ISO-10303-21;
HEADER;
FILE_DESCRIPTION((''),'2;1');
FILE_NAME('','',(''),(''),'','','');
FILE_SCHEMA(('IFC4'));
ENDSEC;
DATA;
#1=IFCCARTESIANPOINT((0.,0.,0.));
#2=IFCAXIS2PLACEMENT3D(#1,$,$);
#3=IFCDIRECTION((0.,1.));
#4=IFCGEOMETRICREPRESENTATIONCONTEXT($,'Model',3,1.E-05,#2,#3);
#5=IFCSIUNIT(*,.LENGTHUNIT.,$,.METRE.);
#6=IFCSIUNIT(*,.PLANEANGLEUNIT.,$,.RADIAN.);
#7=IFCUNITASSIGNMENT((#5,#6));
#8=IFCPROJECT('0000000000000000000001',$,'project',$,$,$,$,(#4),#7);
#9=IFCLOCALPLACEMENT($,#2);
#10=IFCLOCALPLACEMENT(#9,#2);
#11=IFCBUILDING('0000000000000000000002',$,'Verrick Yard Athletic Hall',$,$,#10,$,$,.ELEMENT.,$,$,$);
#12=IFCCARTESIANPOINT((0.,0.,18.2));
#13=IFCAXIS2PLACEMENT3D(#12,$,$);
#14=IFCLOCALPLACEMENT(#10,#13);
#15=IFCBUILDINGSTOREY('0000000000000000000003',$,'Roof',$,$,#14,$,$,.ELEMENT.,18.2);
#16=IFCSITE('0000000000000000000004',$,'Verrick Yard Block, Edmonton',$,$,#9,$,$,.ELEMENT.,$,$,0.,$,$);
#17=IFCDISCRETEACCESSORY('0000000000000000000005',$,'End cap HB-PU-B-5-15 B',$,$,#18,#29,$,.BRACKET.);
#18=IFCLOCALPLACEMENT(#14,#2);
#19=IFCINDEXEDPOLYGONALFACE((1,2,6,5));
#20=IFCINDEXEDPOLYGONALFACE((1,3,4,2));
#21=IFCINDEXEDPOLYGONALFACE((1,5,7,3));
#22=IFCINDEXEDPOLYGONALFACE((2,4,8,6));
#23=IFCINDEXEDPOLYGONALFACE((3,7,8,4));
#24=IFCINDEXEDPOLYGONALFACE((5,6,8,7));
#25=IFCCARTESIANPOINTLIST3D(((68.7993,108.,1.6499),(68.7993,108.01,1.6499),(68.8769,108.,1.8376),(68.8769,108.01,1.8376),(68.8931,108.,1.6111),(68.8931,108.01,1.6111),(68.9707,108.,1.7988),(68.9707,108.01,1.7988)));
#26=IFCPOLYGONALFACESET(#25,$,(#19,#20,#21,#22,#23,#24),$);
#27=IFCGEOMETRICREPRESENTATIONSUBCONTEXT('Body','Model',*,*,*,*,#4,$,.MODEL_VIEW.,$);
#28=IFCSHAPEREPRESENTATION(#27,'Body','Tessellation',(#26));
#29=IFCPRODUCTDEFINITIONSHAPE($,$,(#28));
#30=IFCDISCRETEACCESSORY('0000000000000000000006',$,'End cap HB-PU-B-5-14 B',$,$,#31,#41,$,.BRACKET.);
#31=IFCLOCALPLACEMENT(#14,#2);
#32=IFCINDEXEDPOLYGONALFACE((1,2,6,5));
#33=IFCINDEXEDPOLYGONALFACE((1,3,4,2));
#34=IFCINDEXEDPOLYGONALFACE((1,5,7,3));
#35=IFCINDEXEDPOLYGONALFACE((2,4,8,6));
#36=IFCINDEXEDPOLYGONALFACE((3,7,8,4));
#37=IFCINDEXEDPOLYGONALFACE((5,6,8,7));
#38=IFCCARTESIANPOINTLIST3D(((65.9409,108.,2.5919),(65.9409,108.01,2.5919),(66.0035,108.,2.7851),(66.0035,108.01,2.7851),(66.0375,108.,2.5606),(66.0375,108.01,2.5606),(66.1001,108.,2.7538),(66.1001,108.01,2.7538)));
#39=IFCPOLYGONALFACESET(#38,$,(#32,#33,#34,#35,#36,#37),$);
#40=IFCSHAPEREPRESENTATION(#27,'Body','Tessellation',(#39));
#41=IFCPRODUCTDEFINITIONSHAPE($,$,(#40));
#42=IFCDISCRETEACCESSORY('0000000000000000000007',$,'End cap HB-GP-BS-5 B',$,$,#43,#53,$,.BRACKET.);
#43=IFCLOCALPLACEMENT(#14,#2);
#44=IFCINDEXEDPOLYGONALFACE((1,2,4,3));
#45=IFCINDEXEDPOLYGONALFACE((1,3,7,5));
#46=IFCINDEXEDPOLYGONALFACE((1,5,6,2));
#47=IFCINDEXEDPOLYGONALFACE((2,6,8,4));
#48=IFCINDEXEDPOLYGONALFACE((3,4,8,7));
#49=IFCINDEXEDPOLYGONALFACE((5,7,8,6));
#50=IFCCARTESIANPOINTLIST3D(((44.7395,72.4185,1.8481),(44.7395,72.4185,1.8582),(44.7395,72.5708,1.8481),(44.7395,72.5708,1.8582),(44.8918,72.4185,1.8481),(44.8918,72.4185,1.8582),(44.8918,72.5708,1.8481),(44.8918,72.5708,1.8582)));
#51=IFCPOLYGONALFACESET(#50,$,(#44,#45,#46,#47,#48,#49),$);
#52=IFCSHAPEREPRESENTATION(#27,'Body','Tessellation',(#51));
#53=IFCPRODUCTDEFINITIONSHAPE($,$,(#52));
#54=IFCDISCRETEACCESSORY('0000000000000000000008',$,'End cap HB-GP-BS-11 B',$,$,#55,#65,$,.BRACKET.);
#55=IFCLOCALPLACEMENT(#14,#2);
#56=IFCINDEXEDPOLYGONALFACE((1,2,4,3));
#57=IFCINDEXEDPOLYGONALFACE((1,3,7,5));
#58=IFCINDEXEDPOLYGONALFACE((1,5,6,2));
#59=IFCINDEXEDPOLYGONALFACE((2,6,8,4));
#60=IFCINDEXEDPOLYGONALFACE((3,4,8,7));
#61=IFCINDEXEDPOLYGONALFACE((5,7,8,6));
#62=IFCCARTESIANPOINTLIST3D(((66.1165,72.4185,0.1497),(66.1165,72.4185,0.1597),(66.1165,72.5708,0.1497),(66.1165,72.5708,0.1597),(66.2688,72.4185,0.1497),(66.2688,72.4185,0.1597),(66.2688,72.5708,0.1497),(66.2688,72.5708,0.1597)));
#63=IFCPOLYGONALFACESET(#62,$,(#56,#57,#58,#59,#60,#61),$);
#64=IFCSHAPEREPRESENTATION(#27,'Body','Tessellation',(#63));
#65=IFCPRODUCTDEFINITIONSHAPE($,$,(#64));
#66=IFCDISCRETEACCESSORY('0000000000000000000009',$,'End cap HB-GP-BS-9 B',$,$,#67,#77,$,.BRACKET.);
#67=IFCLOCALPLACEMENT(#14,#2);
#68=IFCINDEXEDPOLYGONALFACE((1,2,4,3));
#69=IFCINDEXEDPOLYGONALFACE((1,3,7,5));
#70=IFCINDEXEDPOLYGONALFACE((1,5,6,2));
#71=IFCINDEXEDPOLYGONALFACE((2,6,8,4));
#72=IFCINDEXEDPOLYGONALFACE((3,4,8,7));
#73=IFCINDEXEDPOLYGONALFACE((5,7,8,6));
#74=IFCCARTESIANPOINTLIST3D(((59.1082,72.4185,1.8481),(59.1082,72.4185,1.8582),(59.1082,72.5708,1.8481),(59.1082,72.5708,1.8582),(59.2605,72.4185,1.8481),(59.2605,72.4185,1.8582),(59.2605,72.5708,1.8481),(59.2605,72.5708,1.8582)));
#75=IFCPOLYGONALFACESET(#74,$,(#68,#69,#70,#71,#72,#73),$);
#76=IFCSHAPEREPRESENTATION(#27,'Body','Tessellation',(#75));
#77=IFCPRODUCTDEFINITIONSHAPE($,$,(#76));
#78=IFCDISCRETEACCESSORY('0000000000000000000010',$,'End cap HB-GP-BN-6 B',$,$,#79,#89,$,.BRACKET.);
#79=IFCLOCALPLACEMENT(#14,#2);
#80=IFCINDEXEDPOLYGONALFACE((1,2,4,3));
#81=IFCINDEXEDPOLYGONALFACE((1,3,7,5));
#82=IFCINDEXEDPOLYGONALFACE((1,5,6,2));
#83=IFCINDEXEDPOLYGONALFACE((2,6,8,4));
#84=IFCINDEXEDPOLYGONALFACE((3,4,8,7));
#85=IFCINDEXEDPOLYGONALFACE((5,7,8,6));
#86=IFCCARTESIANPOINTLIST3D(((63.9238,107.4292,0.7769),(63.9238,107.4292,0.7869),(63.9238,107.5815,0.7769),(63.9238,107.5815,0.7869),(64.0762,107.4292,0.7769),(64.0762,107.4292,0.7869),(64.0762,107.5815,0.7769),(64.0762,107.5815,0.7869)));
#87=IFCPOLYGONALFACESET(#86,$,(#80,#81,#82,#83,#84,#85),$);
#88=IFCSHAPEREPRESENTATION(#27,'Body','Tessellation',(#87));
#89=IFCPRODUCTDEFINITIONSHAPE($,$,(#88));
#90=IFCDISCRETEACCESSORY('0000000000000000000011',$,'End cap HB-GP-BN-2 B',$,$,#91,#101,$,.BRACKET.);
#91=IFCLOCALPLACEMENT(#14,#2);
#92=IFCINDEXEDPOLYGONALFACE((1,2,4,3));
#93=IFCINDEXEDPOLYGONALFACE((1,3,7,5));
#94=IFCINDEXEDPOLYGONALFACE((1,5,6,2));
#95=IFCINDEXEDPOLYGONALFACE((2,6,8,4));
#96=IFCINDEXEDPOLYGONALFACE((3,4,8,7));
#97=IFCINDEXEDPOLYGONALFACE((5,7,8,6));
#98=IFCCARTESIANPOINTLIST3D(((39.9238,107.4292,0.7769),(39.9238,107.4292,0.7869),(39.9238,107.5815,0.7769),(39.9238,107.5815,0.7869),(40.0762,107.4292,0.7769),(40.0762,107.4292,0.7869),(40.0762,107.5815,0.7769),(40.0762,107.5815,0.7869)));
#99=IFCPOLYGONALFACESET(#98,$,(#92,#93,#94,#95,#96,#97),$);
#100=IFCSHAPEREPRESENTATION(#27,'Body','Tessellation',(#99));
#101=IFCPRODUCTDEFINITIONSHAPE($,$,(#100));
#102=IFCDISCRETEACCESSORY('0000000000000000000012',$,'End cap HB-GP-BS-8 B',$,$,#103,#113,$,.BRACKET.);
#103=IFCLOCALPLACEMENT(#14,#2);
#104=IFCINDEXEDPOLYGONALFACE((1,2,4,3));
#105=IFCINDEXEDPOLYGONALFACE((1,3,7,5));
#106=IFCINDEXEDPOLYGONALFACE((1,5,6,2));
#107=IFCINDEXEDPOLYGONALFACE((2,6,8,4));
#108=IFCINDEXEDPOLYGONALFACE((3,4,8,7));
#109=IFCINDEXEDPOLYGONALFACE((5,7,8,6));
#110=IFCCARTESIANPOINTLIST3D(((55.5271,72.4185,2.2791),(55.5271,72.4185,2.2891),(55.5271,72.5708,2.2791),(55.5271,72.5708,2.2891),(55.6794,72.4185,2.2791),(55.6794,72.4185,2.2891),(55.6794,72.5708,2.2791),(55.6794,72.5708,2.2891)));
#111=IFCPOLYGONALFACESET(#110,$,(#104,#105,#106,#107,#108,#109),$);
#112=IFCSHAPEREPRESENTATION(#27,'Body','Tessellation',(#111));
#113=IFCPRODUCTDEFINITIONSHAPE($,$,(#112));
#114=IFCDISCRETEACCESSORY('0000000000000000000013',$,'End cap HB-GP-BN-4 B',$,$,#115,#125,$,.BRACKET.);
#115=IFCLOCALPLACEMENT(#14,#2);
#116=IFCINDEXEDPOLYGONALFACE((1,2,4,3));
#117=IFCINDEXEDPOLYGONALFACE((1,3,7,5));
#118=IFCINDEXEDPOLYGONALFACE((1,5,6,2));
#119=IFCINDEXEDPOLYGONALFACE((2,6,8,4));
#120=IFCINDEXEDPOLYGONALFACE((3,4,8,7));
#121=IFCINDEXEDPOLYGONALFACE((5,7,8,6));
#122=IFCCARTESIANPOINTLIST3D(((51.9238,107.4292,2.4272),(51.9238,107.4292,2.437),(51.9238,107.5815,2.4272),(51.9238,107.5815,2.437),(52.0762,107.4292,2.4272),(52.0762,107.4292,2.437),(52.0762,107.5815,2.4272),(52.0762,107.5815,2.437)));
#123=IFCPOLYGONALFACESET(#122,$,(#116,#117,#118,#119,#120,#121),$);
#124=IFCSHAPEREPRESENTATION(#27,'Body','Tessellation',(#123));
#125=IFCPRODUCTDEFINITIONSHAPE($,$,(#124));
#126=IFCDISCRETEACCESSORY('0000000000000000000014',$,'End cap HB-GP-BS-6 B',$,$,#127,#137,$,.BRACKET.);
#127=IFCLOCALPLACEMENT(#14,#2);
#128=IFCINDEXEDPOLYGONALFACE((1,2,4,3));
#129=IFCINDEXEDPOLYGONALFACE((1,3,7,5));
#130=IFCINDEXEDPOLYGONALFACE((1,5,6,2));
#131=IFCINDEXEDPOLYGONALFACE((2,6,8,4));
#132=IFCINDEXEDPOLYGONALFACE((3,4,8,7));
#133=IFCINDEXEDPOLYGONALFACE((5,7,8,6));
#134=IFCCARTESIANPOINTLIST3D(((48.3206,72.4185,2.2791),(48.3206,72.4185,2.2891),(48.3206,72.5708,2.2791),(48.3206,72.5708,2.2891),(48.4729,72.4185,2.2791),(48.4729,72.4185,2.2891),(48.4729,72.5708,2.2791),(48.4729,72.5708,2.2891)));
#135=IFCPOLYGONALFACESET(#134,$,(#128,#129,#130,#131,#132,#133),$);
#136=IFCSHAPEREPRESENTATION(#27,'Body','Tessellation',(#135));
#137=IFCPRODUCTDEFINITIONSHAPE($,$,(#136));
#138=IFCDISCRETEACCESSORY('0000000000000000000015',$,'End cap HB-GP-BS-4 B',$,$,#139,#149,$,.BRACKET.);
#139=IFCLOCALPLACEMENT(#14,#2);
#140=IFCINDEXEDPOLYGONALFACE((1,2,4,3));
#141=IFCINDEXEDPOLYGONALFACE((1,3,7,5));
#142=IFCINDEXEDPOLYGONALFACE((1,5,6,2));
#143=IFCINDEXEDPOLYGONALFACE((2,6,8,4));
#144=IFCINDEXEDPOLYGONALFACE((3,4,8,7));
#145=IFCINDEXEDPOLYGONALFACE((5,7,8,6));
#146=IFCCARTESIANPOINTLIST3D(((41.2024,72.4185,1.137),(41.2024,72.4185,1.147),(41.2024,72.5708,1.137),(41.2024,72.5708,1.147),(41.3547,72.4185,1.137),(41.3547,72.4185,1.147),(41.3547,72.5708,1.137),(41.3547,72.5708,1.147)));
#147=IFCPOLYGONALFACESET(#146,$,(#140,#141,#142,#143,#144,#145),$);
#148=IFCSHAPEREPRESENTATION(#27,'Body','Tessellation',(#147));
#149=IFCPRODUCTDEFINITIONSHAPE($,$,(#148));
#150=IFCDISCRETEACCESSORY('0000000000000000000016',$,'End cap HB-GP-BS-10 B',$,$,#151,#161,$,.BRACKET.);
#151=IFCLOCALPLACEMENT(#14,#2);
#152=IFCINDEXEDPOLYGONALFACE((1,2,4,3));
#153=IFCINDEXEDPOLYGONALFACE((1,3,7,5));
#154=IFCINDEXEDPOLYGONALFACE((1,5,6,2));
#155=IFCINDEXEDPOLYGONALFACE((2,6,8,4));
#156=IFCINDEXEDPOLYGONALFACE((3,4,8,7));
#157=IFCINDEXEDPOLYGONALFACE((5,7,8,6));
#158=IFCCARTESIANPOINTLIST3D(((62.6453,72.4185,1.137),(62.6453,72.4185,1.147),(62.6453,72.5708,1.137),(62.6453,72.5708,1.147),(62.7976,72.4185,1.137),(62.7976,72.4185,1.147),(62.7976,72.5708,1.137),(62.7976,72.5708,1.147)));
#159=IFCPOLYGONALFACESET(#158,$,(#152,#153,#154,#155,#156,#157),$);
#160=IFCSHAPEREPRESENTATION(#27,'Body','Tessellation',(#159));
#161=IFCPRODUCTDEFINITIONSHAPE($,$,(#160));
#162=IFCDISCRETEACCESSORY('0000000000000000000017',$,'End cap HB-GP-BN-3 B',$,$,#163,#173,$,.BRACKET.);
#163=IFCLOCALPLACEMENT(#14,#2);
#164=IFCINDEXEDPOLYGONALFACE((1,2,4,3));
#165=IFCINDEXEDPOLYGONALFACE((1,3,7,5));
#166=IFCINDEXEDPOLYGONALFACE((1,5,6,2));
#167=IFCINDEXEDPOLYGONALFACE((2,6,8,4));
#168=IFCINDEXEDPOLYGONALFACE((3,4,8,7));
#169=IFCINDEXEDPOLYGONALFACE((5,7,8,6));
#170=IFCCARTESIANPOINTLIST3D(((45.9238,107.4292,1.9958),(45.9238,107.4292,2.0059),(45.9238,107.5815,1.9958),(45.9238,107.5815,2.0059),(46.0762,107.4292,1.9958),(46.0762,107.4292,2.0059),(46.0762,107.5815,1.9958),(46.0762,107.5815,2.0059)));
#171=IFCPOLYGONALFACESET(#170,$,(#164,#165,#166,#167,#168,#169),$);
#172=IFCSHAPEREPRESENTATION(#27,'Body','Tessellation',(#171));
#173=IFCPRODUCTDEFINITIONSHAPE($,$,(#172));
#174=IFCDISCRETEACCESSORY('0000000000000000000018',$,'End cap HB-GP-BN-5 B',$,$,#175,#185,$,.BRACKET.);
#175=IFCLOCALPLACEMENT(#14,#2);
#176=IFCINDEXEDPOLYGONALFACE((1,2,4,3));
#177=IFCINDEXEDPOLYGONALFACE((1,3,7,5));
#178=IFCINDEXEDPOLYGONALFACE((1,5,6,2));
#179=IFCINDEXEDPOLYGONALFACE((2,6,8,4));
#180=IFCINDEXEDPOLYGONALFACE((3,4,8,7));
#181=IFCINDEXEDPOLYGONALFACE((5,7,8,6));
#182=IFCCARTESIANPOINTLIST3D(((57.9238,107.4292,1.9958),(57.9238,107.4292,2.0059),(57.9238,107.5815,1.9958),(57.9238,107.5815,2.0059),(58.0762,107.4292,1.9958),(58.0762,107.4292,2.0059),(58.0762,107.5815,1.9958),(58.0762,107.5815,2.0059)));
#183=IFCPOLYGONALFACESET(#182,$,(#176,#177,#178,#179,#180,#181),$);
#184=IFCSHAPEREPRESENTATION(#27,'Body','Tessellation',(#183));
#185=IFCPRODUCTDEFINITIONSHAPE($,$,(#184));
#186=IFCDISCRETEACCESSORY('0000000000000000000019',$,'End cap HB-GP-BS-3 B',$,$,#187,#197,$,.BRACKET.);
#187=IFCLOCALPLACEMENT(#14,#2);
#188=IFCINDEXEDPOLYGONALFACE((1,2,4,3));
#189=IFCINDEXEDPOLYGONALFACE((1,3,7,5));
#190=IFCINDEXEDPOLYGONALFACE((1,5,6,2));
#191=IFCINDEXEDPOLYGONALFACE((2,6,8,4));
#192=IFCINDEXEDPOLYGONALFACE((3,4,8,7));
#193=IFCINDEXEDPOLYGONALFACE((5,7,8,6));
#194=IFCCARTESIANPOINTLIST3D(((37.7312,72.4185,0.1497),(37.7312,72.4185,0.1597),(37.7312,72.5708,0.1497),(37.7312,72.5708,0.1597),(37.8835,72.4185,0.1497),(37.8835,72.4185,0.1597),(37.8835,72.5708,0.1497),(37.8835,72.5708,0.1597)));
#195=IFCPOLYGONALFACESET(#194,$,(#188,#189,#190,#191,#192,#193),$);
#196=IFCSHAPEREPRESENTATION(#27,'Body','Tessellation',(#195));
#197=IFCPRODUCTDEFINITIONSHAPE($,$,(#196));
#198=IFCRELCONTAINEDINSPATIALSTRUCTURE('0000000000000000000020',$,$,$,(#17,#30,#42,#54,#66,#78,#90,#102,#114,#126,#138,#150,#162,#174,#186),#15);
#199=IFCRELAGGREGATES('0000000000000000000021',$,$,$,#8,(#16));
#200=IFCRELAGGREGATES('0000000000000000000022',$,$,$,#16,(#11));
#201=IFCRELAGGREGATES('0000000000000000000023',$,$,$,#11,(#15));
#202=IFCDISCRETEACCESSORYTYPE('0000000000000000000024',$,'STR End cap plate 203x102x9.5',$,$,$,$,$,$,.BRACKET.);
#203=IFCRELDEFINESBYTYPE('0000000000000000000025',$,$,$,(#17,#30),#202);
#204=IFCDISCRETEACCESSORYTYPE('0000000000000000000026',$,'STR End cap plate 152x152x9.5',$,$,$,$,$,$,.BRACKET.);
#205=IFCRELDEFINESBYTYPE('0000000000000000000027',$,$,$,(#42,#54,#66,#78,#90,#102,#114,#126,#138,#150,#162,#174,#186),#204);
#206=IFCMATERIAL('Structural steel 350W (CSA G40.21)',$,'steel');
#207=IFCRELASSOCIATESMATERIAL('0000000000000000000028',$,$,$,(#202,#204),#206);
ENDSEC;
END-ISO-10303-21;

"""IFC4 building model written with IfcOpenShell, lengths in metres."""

from ifc_helpers import new_model, si_unit, direction, frame, origin, origin_2d, place, context, subcontext, project, spatial, rectangle, extrude, material, material_profile, profile_set, type_object, element, save


model = new_model("IFC4")

# Units and contexts
model_context = context("Model", 3, precision=1e-05, world=origin(), true_north=direction((0.0, 1.0)))
body_context = subcontext(model_context, "Body", "Model", "MODEL_VIEW")
ifc_project = project(units=[si_unit("LENGTHUNIT", "METRE"), si_unit("PLANEANGLEUNIT", "RADIAN")], contexts=[model_context])

# Site, building, storey
site_placement = place(None, origin())
site = spatial("IfcSite", under=ifc_project, at=site_placement, Name="Verrick Yard Block, Edmonton", CompositionType="ELEMENT", RefElevation=0.0)
building_placement = place(site_placement, origin())
building = spatial("IfcBuilding", under=site, at=building_placement, Name="Verrick Yard Athletic Hall", CompositionType="ELEMENT")
storey_placement = place(building_placement, frame((0.0, 0.0, 18.2)))
storey = spatial("IfcBuildingStorey", under=building, at=storey_placement, Name="Roof", CompositionType="ELEMENT", Elevation=18.2)

# Discrete accessories
ifc_material_1 = material(Name="Structural steel 350W (CSA G40.21)", Category="steel")
ifc_material_profile_1 = material_profile(ifc_material_1, rectangle(XDim=0.1016, YDim=0.2031, at=origin_2d()), Name="STR End cap plate 203x102x9.5")
ifc_profile_set_1 = profile_set([ifc_material_profile_1], Name="Structural steel 350W (CSA G40.21)")
discrete_accessory_type_1 = type_object("IfcDiscreteAccessoryType", Name="STR End cap plate 203x102x9.5", PredefinedType="BRACKET", material=ifc_profile_set_1)
for number, where, z_axis, x_axis, name in (
    (1, (68.885, 108.0, 1.7244), (0.0, 1.0, 0.0), (-0.924123, 0.0, 0.382096), "End cap HB-PU-B-5-15 B"),
    (2, (66.0205, 108.0, 2.6729), (0.0, 1.0, 0.0), (-0.951214, 0.0, 0.308533), "End cap HB-PU-B-5-14 B"),
):
    element("IfcDiscreteAccessory", number, at=place(storey_placement, frame(where, z_axis=z_axis, x_axis=x_axis)), inside=storey, type_object=discrete_accessory_type_1, Name=name, PredefinedType="BRACKET", context=body_context, shape_type="SweptSolid", body=[
        extrude(rectangle(XDim=0.1016, YDim=0.2031, at=origin_2d()), origin(), (0.0, 0.0, 1.0), 0.01),
    ])
ifc_material_profile_2 = material_profile(ifc_material_1, rectangle(XDim=0.1523, YDim=0.1523, at=origin_2d()), Name="STR End cap plate 152x152x9.5")
ifc_profile_set_2 = profile_set([ifc_material_profile_2], Name="Structural steel 350W (CSA G40.21)")
discrete_accessory_type_2 = type_object("IfcDiscreteAccessoryType", Name="STR End cap plate 152x152x9.5", PredefinedType="BRACKET", material=ifc_profile_set_2)
for number, where, z_axis, x_axis, name in (
    (3, (44.8157, 72.4946, 1.8481), (0.0, 0.0, 1.0), (1.0, 0.0, 0.0), "End cap HB-GP-BS-5 B"),
    (4, (66.1926, 72.4946, 0.1497), (0.0, 0.0, 1.0), (1.0, 0.0, 0.0), "End cap HB-GP-BS-11 B"),
    (5, (59.1843, 72.4946, 1.8481), (0.0, 0.0, 1.0), (1.0, 0.0, 0.0), "End cap HB-GP-BS-9 B"),
    (6, (64.0, 107.5054, 0.7769), (0.0, 0.0, 1.0), (1.0, 0.0, 0.0), "End cap HB-GP-BN-6 B"),
    (7, (40.0, 107.5054, 0.7769), (0.0, 0.0, 1.0), (1.0, 0.0, 0.0), "End cap HB-GP-BN-2 B"),
    (8, (55.6033, 72.4946, 2.2791), (0.0, 0.0, 1.0), (1.0, 0.0, 0.0), "End cap HB-GP-BS-8 B"),
):
    element("IfcDiscreteAccessory", number, at=place(storey_placement, frame(where, z_axis=z_axis, x_axis=x_axis)), inside=storey, type_object=discrete_accessory_type_2, Name=name, PredefinedType="BRACKET", context=body_context, shape_type="SweptSolid", body=[
        extrude(rectangle(XDim=0.1523, YDim=0.1523, at=origin_2d()), origin(), (0.0, 0.0, 1.0), 0.01),
    ])
discrete_accessory_placement = place(storey_placement, frame((52.0, 107.5054, 2.4272), z_axis=(0.0, 0.0, 1.0), x_axis=(1.0, 0.0, 0.0)))
element("IfcDiscreteAccessory", 9, at=discrete_accessory_placement, inside=storey, type_object=discrete_accessory_type_2, Name="End cap HB-GP-BN-4 B", PredefinedType="BRACKET", context=body_context, shape_type="SweptSolid", body=[
    extrude(rectangle(XDim=0.1523, YDim=0.1523, at=origin_2d()), origin(), (0.0, 0.0, 1.0), 0.0098),
])
for number, where, z_axis, x_axis, name in (
    (10, (48.3967, 72.4946, 2.2791), (0.0, 0.0, 1.0), (1.0, 0.0, 0.0), "End cap HB-GP-BS-6 B"),
    (11, (41.2786, 72.4946, 1.137), (0.0, 0.0, 1.0), (1.0, 0.0, 0.0), "End cap HB-GP-BS-4 B"),
    (12, (62.7214, 72.4946, 1.137), (0.0, 0.0, 1.0), (1.0, 0.0, 0.0), "End cap HB-GP-BS-10 B"),
    (13, (46.0, 107.5054, 1.9958), (0.0, 0.0, 1.0), (1.0, 0.0, 0.0), "End cap HB-GP-BN-3 B"),
    (14, (58.0, 107.5054, 1.9958), (0.0, 0.0, 1.0), (1.0, 0.0, 0.0), "End cap HB-GP-BN-5 B"),
    (15, (37.8074, 72.4946, 0.1497), (0.0, 0.0, 1.0), (1.0, 0.0, 0.0), "End cap HB-GP-BS-3 B"),
):
    element("IfcDiscreteAccessory", number, at=place(storey_placement, frame(where, z_axis=z_axis, x_axis=x_axis)), inside=storey, type_object=discrete_accessory_type_2, Name=name, PredefinedType="BRACKET", context=body_context, shape_type="SweptSolid", body=[
        extrude(rectangle(XDim=0.1523, YDim=0.1523, at=origin_2d()), origin(), (0.0, 0.0, 1.0), 0.01),
    ])

save(model, "model.ifc")
